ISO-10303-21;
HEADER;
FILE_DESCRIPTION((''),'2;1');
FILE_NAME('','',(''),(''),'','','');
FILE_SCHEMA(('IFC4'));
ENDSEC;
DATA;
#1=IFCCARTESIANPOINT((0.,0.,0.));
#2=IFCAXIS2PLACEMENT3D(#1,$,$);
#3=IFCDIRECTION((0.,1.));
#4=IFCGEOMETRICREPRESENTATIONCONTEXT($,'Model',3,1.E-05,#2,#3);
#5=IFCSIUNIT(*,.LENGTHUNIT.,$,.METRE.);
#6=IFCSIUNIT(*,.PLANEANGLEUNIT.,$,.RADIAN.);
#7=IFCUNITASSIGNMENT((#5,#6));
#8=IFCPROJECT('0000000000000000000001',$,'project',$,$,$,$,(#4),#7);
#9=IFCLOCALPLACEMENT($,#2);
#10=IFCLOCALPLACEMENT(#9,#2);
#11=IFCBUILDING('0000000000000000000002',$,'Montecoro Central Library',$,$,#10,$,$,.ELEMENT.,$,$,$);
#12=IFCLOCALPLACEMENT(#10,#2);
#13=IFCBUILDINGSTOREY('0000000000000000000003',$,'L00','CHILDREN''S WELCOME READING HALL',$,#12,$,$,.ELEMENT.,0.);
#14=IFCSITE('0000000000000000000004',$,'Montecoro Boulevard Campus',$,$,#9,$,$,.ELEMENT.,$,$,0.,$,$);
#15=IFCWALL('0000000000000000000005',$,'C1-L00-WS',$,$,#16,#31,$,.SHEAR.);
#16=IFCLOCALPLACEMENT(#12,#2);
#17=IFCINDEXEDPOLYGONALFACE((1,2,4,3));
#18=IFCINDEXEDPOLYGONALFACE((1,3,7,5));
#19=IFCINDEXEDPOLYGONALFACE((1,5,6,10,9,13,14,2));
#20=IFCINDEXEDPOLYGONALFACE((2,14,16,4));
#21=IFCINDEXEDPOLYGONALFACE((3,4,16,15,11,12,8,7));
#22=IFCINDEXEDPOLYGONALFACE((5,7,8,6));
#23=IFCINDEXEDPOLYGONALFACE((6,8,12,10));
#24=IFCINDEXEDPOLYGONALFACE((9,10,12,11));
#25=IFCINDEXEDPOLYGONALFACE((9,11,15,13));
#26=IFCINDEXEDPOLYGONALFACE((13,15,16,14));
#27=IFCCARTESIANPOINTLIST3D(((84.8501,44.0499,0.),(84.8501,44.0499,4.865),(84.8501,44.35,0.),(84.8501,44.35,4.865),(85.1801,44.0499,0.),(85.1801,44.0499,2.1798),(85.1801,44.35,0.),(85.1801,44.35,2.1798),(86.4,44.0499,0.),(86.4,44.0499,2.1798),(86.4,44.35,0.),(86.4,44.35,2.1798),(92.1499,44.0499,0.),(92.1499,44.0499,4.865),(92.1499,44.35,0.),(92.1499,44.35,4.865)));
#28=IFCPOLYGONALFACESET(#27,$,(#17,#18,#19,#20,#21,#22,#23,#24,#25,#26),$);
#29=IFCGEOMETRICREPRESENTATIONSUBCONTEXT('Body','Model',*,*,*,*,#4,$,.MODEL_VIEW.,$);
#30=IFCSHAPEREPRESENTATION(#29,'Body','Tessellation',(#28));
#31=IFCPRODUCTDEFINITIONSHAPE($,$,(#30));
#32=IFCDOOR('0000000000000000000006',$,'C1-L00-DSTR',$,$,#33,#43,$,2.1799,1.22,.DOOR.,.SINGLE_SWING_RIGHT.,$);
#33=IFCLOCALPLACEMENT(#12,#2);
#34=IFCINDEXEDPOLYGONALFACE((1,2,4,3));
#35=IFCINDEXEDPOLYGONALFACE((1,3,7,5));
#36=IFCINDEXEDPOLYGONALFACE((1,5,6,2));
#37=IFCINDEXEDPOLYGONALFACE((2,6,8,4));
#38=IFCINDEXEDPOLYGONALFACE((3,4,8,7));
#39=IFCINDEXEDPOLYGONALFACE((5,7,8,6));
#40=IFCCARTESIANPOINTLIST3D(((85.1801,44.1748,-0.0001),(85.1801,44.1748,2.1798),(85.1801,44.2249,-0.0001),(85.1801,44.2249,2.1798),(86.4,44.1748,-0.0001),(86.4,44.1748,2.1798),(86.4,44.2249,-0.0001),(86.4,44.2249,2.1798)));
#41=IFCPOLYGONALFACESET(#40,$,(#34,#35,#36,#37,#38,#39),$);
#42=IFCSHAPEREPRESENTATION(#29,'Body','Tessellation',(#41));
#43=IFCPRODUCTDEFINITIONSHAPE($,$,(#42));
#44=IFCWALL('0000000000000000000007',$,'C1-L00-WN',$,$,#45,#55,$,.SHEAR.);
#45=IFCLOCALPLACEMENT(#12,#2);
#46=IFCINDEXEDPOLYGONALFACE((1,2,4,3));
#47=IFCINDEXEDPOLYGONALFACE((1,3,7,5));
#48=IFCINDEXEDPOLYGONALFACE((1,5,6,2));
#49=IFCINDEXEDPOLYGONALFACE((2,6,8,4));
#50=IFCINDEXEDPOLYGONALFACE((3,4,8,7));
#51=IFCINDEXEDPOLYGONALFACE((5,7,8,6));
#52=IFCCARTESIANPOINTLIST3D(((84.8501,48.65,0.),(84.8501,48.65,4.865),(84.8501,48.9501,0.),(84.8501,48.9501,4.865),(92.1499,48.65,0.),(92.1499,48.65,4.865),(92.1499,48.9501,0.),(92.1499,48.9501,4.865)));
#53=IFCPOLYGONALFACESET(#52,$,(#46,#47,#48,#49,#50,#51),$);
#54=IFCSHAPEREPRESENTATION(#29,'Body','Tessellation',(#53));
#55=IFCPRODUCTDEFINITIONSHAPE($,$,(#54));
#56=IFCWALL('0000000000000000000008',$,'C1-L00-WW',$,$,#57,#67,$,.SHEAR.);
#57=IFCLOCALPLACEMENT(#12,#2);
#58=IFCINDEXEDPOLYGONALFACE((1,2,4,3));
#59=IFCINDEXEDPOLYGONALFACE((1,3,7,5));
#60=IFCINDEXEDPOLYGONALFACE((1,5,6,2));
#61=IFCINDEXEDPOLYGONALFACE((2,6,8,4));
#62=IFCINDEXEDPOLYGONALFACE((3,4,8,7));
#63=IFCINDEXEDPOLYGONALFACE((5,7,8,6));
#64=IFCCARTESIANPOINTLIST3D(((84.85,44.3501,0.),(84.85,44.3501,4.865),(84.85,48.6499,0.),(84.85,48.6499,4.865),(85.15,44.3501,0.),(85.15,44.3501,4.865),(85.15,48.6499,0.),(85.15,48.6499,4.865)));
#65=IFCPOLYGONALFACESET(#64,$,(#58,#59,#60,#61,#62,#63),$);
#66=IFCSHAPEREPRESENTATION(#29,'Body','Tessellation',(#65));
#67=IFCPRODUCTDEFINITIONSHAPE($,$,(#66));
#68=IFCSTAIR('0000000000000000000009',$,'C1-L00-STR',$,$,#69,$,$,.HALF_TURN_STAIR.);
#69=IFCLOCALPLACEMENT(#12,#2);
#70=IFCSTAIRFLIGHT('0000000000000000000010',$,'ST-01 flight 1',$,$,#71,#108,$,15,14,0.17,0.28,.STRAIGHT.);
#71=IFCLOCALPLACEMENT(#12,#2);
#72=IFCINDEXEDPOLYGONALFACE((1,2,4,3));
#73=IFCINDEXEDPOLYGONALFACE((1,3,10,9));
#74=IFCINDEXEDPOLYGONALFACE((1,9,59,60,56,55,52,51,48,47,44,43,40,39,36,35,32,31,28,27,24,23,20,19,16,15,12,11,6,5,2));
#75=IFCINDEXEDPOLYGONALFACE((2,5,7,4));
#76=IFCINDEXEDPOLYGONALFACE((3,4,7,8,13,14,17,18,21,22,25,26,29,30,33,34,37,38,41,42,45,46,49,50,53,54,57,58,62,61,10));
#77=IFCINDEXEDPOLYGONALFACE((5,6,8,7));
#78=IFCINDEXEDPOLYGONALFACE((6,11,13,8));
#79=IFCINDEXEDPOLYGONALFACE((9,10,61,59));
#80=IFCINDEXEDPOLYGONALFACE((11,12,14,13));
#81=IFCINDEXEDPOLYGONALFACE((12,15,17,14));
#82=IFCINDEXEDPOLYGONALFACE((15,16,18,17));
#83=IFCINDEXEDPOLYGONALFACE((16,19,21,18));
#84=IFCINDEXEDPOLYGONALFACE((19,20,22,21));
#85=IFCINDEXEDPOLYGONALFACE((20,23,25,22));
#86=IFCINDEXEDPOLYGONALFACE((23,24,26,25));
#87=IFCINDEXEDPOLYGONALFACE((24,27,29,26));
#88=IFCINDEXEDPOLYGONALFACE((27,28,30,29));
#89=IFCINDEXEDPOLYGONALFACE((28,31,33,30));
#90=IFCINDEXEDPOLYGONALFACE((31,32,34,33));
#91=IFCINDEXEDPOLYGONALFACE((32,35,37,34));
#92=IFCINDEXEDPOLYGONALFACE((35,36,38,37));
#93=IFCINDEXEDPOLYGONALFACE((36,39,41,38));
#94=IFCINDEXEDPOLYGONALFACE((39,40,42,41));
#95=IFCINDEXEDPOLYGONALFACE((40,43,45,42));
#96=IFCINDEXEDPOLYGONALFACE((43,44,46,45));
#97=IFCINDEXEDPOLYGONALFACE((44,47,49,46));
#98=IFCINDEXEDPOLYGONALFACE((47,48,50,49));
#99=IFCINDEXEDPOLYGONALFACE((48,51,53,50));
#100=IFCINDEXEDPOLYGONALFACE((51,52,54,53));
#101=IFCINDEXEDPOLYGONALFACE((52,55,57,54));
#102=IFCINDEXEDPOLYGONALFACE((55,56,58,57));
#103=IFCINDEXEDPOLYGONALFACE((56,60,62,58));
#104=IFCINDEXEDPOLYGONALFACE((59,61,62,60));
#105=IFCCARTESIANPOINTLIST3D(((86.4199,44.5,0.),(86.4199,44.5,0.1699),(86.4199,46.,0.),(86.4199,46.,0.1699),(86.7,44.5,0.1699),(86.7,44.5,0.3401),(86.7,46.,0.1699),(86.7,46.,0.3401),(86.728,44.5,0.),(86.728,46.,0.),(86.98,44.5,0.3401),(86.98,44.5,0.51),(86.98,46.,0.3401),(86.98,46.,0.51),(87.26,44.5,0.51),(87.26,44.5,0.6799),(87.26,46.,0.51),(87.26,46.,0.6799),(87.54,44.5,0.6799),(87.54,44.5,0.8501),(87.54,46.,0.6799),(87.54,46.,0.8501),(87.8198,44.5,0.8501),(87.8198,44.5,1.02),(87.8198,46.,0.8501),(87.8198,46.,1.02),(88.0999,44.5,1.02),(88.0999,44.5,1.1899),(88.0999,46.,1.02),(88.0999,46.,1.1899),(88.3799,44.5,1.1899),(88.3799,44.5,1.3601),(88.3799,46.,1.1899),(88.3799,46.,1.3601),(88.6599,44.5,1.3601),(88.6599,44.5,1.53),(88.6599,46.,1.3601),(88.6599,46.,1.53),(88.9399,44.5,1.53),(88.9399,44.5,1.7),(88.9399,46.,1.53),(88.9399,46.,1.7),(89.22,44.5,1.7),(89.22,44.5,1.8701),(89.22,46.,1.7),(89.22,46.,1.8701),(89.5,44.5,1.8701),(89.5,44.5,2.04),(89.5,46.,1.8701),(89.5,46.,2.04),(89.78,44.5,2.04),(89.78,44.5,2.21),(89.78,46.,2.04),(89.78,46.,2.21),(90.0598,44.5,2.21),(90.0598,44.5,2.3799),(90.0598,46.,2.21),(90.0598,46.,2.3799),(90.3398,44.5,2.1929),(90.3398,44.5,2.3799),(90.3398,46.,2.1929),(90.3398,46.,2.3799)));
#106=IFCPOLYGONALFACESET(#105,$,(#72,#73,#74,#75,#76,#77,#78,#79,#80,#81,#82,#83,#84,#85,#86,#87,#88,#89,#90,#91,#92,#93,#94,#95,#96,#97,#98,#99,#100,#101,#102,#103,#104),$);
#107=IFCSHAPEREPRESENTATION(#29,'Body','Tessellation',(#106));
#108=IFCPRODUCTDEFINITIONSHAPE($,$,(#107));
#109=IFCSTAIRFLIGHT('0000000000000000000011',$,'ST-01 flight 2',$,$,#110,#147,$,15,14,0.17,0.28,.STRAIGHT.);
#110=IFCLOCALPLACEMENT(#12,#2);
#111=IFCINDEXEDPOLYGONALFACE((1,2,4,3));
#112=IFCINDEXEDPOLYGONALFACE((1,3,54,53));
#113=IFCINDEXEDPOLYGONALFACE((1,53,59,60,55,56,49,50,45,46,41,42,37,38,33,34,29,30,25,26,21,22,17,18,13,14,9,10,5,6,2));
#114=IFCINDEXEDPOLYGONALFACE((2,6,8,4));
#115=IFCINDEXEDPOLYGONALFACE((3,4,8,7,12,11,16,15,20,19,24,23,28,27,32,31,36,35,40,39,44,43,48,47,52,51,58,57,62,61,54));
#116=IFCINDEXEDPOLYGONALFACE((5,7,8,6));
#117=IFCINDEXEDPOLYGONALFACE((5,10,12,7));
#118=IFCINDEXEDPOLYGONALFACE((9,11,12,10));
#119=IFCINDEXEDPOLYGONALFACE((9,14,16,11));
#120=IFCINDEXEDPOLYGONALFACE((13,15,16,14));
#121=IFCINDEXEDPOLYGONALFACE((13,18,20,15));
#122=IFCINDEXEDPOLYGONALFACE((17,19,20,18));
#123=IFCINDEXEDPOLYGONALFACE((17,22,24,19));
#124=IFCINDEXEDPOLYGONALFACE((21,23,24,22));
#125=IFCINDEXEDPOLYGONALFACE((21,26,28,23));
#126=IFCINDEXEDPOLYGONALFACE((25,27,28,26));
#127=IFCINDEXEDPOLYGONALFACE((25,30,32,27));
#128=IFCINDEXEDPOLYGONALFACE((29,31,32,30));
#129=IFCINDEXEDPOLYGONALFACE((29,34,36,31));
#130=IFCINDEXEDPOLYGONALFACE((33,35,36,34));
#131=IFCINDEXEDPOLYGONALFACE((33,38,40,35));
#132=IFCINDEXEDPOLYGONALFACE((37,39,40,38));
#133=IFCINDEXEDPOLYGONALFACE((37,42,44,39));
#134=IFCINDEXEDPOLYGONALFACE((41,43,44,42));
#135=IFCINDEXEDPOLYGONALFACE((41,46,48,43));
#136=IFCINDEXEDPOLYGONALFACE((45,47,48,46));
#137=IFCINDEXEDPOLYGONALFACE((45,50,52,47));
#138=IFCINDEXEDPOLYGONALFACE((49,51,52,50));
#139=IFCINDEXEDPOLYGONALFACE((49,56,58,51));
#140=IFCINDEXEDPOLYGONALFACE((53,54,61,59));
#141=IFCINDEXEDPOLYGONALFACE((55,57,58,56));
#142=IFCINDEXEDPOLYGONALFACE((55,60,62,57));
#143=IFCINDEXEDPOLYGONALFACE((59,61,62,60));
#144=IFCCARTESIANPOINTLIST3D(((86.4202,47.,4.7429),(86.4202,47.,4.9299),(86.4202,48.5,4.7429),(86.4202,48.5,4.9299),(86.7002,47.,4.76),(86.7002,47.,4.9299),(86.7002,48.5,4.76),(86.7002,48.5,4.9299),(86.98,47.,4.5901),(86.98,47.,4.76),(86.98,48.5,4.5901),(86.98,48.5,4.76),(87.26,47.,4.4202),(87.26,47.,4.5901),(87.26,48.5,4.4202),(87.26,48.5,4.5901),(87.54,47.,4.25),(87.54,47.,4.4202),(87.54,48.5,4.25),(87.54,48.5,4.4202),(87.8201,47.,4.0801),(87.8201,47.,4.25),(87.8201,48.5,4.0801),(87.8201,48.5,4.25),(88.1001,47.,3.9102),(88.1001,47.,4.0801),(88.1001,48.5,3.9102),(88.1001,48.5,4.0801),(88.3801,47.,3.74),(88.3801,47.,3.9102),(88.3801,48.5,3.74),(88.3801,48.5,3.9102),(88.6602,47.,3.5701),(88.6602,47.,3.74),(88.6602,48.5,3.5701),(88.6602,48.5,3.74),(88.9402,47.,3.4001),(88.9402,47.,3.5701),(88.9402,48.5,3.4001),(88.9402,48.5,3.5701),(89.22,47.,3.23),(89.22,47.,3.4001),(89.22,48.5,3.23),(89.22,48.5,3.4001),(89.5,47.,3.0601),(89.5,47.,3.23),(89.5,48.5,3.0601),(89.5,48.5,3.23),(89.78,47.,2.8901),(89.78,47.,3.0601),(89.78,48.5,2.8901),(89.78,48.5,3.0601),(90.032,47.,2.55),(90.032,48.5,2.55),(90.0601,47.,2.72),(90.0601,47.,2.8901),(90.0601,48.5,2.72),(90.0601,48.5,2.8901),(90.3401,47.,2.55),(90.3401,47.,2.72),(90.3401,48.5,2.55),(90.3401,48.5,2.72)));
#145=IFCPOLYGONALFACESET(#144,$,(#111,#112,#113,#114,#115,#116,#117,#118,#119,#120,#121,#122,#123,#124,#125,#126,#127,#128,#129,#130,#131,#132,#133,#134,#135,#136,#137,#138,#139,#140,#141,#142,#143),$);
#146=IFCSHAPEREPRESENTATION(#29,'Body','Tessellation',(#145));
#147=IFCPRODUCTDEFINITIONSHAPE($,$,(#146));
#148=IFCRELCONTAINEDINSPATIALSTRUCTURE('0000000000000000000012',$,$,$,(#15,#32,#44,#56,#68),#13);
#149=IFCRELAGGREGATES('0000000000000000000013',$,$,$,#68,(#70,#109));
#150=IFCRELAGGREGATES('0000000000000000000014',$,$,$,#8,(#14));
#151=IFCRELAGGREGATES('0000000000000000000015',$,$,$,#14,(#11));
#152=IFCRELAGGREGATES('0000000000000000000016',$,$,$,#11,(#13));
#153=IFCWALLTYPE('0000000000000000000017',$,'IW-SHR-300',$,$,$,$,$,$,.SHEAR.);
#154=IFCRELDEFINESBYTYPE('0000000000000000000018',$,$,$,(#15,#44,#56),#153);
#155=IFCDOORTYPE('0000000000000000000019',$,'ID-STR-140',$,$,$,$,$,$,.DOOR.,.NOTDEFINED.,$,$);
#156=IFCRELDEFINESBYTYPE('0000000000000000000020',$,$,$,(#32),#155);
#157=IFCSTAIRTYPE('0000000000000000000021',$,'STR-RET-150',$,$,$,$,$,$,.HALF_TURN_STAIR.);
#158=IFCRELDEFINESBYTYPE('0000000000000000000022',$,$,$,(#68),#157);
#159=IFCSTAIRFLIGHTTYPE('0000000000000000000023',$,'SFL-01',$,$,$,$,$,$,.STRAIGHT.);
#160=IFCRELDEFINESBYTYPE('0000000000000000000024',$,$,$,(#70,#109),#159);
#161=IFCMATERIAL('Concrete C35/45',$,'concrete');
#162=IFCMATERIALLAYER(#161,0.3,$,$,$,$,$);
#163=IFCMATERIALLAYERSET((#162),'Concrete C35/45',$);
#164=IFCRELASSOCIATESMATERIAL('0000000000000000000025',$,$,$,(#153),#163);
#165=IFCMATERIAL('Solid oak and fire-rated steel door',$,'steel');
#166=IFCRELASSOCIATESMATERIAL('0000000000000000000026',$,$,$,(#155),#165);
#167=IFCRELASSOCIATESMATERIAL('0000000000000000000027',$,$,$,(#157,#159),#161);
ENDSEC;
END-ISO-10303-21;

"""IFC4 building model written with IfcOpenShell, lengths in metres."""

from ifc_helpers import new_model, si_unit, direction, frame, frame_2d, origin, place, context, subcontext, project, spatial, polyline, rectangle, outline, extrude, material, layer, layer_set, type_object, element, fill, aggregate, save


model = new_model("IFC4")

# Units and contexts
model_context = context("Model", 3, precision=1e-05, world=origin(), true_north=direction((0.0, 1.0)))
body_context = subcontext(model_context, "Body", "Model", "MODEL_VIEW")
ifc_project = project(units=[si_unit("LENGTHUNIT", "METRE"), si_unit("PLANEANGLEUNIT", "RADIAN")], contexts=[model_context])

# Site, building, storey
site_placement = place(None, origin())
site = spatial("IfcSite", under=ifc_project, at=site_placement, Name="Montecoro Boulevard Campus", CompositionType="ELEMENT", RefElevation=0.0)
building_placement = place(site_placement, origin())
building = spatial("IfcBuilding", under=site, at=building_placement, Name="Montecoro Central Library", CompositionType="ELEMENT")
storey_placement = place(building_placement, origin())
storey = spatial("IfcBuildingStorey", under=building, at=storey_placement, Name="L00", Description="CHILDREN'S WELCOME READING HALL", CompositionType="ELEMENT", Elevation=0.0)

# Shared definitions
ifc_material_1 = material(Name="Concrete C35/45", Category="concrete")

# Wall, opening, door
ifc_material_2 = material(Name="Solid oak and fire-rated steel door", Category="steel")
ifc_layer_1 = layer(ifc_material_1, 0.3)
ifc_layer_set_1 = layer_set([ifc_layer_1], Name="Concrete C35/45")
wall_type_1 = type_object("IfcWallType", Name="IW-SHR-300", PredefinedType="SHEAR", material=ifc_layer_set_1)
wall_1_placement = place(storey_placement, frame((84.8501, 44.2, 0.0), z_axis=(0.0, 0.0, 1.0), x_axis=(1.0, 0.0, 0.0)))
wall_1 = element("IfcWall", 1, at=wall_1_placement, inside=storey, type_object=wall_type_1, Name="C1-L00-WS", PredefinedType="SHEAR", context=body_context, shape_type="SweptSolid", body=[
    extrude(rectangle(XDim=7.2998, YDim=0.3, at=frame_2d((3.6499, 0.0))), origin(), (0.0, 0.0, 1.0), 4.865),
])
opening_1_placement = place(wall_1_placement, frame((0.3301, 0.0, 0.0)))
opening_1 = element("IfcOpeningElement", 2, at=opening_1_placement, cuts=wall_1, PredefinedType="OPENING", context=body_context, shape_type="SweptSolid", body=[
    extrude(rectangle(XDim=1.22, YDim=2.1799, at=frame_2d((0.6099, 1.0898))), frame((0.0, 0.1599, 0.0), z_axis=(0.0, -1.0, 0.0), x_axis=(1.0, 0.0, 0.0)), (0.0, 0.0, 1.0), 0.3201),
])
door_type_1 = type_object("IfcDoorType", Name="ID-STR-140", OperationType="NOTDEFINED", PredefinedType="DOOR", material=ifc_material_2)
door_1_placement = place(opening_1_placement, origin())
door_1 = element("IfcDoor", 3, at=door_1_placement, inside=storey, type_object=door_type_1, Name="C1-L00-DSTR", OperationType="SINGLE_SWING_RIGHT", OverallHeight=2.1799, OverallWidth=1.22, PredefinedType="DOOR", context=body_context, shape_type="SweptSolid", body=[
    extrude(rectangle(XDim=1.22, YDim=2.1799, at=frame_2d((0.6099, 1.0898))), frame((0.0, 0.0249, 0.0), z_axis=(0.0, -1.0, 0.0), x_axis=(1.0, 0.0, 0.0)), (0.0, 0.0, 1.0), 0.05),
])
fill(opening_1, door_1)

# Walls
wall_2_placement = place(storey_placement, frame((84.8501, 48.8, 0.0), z_axis=(0.0, 0.0, 1.0), x_axis=(1.0, 0.0, 0.0)))
element("IfcWall", 4, at=wall_2_placement, inside=storey, type_object=wall_type_1, Name="C1-L00-WN", PredefinedType="SHEAR", context=body_context, shape_type="SweptSolid", body=[
    extrude(rectangle(XDim=7.2998, YDim=0.3, at=frame_2d((3.6499, 0.0))), origin(), (0.0, 0.0, 1.0), 4.865),
])
wall_3_placement = place(storey_placement, frame((85.0, 44.3501, 0.0), z_axis=(0.0, 0.0, 1.0), x_axis=(0.0, 1.0, 0.0)))
element("IfcWall", 5, at=wall_3_placement, inside=storey, type_object=wall_type_1, Name="C1-L00-WW", PredefinedType="SHEAR", context=body_context, shape_type="SweptSolid", body=[
    extrude(rectangle(XDim=4.2998, YDim=0.3, at=frame_2d((2.1499, 0.0))), origin(), (0.0, 0.0, 1.0), 4.865),
])

# Stair, stair flights
stair_type = type_object("IfcStairType", Name="STR-RET-150", PredefinedType="HALF_TURN_STAIR", material=ifc_material_1)
stair_placement = place(storey_placement, origin())
stair = element("IfcStair", 6, at=stair_placement, inside=storey, type_object=stair_type, Name="C1-L00-STR", PredefinedType="HALF_TURN_STAIR")
stair_flight_type = type_object("IfcStairFlightType", Name="SFL-01", PredefinedType="STRAIGHT", material=ifc_material_1)
stair_flight_1_placement = place(storey_placement, frame((86.4199, 45.25, 0.0), z_axis=(0.0, 0.0, 1.0), x_axis=(1.0, 0.0, 0.0)))
stair_flight_1 = element("IfcStairFlight", 7, at=stair_flight_1_placement, type_object=stair_flight_type, Name="ST-01 flight 1", NumberOfRisers=15, NumberOfTreads=14, PredefinedType="STRAIGHT", RiserHeight=0.17, TreadLength=0.28, context=body_context, shape_type="SweptSolid", body=[
    extrude(outline(polyline([(0.0, 0.0), (0.0, 0.1699), (0.28, 0.1699), (0.28, 0.3401), (0.5601, 0.3401), (0.5601, 0.51), (0.8401, 0.51), (0.8401, 0.6799), (1.1201, 0.6799), (1.1201, 0.8501), (1.3999, 0.8501), (1.3999, 1.02), (1.6799, 1.02), (1.6799, 1.1899), (1.96, 1.1899), (1.96, 1.3601), (2.24, 1.3601), (2.24, 1.53), (2.52, 1.53), (2.52, 1.7), (2.8, 1.7), (2.8, 1.8701), (3.0801, 1.8701), (3.0801, 2.04), (3.3601, 2.04), (3.3601, 2.21), (3.6399, 2.21), (3.6399, 2.3799), (3.9199, 2.3799), (3.9199, 2.55), (3.9199, 2.1929), (0.3081, 0.0), (0.0, 0.0)])), frame((0.0, 0.75, 0.0), z_axis=(0.0, -1.0, 0.0), x_axis=(1.0, 0.0, 0.0)), (0.0, 0.0, 1.0), 1.5),
])
stair_flight_2_placement = place(storey_placement, frame((90.3401, 47.75, 2.55), z_axis=(0.0, 0.0, 1.0), x_axis=(-1.0, 0.0, 0.0)))
stair_flight_2 = element("IfcStairFlight", 8, at=stair_flight_2_placement, type_object=stair_flight_type, Name="ST-01 flight 2", NumberOfRisers=15, NumberOfTreads=14, PredefinedType="STRAIGHT", RiserHeight=0.17, TreadLength=0.28, context=body_context, shape_type="SweptSolid", body=[
    extrude(outline(polyline([(0.0, 0.0), (0.0, 0.1699), (0.28, 0.1699), (0.28, 0.3401), (0.5601, 0.3401), (0.5601, 0.51), (0.8401, 0.51), (0.8401, 0.6799), (1.1201, 0.6799), (1.1201, 0.8501), (1.3999, 0.8501), (1.3999, 1.02), (1.6799, 1.02), (1.6799, 1.1899), (1.96, 1.1899), (1.96, 1.3601), (2.24, 1.3601), (2.24, 1.53), (2.52, 1.53), (2.52, 1.7), (2.8, 1.7), (2.8, 1.8701), (3.0801, 1.8701), (3.0801, 2.04), (3.3601, 2.04), (3.3601, 2.21), (3.6399, 2.21), (3.6399, 2.3799), (3.9199, 2.3799), (3.9199, 2.55), (3.9199, 2.1929), (0.3081, 0.0), (0.0, 0.0)])), frame((0.0, 0.75, 0.0), z_axis=(0.0, -1.0, 0.0), x_axis=(1.0, 0.0, 0.0)), (0.0, 0.0, 1.0), 1.5),
])
aggregate(stair, [stair_flight_1, stair_flight_2])

save(model, "model.ifc")
